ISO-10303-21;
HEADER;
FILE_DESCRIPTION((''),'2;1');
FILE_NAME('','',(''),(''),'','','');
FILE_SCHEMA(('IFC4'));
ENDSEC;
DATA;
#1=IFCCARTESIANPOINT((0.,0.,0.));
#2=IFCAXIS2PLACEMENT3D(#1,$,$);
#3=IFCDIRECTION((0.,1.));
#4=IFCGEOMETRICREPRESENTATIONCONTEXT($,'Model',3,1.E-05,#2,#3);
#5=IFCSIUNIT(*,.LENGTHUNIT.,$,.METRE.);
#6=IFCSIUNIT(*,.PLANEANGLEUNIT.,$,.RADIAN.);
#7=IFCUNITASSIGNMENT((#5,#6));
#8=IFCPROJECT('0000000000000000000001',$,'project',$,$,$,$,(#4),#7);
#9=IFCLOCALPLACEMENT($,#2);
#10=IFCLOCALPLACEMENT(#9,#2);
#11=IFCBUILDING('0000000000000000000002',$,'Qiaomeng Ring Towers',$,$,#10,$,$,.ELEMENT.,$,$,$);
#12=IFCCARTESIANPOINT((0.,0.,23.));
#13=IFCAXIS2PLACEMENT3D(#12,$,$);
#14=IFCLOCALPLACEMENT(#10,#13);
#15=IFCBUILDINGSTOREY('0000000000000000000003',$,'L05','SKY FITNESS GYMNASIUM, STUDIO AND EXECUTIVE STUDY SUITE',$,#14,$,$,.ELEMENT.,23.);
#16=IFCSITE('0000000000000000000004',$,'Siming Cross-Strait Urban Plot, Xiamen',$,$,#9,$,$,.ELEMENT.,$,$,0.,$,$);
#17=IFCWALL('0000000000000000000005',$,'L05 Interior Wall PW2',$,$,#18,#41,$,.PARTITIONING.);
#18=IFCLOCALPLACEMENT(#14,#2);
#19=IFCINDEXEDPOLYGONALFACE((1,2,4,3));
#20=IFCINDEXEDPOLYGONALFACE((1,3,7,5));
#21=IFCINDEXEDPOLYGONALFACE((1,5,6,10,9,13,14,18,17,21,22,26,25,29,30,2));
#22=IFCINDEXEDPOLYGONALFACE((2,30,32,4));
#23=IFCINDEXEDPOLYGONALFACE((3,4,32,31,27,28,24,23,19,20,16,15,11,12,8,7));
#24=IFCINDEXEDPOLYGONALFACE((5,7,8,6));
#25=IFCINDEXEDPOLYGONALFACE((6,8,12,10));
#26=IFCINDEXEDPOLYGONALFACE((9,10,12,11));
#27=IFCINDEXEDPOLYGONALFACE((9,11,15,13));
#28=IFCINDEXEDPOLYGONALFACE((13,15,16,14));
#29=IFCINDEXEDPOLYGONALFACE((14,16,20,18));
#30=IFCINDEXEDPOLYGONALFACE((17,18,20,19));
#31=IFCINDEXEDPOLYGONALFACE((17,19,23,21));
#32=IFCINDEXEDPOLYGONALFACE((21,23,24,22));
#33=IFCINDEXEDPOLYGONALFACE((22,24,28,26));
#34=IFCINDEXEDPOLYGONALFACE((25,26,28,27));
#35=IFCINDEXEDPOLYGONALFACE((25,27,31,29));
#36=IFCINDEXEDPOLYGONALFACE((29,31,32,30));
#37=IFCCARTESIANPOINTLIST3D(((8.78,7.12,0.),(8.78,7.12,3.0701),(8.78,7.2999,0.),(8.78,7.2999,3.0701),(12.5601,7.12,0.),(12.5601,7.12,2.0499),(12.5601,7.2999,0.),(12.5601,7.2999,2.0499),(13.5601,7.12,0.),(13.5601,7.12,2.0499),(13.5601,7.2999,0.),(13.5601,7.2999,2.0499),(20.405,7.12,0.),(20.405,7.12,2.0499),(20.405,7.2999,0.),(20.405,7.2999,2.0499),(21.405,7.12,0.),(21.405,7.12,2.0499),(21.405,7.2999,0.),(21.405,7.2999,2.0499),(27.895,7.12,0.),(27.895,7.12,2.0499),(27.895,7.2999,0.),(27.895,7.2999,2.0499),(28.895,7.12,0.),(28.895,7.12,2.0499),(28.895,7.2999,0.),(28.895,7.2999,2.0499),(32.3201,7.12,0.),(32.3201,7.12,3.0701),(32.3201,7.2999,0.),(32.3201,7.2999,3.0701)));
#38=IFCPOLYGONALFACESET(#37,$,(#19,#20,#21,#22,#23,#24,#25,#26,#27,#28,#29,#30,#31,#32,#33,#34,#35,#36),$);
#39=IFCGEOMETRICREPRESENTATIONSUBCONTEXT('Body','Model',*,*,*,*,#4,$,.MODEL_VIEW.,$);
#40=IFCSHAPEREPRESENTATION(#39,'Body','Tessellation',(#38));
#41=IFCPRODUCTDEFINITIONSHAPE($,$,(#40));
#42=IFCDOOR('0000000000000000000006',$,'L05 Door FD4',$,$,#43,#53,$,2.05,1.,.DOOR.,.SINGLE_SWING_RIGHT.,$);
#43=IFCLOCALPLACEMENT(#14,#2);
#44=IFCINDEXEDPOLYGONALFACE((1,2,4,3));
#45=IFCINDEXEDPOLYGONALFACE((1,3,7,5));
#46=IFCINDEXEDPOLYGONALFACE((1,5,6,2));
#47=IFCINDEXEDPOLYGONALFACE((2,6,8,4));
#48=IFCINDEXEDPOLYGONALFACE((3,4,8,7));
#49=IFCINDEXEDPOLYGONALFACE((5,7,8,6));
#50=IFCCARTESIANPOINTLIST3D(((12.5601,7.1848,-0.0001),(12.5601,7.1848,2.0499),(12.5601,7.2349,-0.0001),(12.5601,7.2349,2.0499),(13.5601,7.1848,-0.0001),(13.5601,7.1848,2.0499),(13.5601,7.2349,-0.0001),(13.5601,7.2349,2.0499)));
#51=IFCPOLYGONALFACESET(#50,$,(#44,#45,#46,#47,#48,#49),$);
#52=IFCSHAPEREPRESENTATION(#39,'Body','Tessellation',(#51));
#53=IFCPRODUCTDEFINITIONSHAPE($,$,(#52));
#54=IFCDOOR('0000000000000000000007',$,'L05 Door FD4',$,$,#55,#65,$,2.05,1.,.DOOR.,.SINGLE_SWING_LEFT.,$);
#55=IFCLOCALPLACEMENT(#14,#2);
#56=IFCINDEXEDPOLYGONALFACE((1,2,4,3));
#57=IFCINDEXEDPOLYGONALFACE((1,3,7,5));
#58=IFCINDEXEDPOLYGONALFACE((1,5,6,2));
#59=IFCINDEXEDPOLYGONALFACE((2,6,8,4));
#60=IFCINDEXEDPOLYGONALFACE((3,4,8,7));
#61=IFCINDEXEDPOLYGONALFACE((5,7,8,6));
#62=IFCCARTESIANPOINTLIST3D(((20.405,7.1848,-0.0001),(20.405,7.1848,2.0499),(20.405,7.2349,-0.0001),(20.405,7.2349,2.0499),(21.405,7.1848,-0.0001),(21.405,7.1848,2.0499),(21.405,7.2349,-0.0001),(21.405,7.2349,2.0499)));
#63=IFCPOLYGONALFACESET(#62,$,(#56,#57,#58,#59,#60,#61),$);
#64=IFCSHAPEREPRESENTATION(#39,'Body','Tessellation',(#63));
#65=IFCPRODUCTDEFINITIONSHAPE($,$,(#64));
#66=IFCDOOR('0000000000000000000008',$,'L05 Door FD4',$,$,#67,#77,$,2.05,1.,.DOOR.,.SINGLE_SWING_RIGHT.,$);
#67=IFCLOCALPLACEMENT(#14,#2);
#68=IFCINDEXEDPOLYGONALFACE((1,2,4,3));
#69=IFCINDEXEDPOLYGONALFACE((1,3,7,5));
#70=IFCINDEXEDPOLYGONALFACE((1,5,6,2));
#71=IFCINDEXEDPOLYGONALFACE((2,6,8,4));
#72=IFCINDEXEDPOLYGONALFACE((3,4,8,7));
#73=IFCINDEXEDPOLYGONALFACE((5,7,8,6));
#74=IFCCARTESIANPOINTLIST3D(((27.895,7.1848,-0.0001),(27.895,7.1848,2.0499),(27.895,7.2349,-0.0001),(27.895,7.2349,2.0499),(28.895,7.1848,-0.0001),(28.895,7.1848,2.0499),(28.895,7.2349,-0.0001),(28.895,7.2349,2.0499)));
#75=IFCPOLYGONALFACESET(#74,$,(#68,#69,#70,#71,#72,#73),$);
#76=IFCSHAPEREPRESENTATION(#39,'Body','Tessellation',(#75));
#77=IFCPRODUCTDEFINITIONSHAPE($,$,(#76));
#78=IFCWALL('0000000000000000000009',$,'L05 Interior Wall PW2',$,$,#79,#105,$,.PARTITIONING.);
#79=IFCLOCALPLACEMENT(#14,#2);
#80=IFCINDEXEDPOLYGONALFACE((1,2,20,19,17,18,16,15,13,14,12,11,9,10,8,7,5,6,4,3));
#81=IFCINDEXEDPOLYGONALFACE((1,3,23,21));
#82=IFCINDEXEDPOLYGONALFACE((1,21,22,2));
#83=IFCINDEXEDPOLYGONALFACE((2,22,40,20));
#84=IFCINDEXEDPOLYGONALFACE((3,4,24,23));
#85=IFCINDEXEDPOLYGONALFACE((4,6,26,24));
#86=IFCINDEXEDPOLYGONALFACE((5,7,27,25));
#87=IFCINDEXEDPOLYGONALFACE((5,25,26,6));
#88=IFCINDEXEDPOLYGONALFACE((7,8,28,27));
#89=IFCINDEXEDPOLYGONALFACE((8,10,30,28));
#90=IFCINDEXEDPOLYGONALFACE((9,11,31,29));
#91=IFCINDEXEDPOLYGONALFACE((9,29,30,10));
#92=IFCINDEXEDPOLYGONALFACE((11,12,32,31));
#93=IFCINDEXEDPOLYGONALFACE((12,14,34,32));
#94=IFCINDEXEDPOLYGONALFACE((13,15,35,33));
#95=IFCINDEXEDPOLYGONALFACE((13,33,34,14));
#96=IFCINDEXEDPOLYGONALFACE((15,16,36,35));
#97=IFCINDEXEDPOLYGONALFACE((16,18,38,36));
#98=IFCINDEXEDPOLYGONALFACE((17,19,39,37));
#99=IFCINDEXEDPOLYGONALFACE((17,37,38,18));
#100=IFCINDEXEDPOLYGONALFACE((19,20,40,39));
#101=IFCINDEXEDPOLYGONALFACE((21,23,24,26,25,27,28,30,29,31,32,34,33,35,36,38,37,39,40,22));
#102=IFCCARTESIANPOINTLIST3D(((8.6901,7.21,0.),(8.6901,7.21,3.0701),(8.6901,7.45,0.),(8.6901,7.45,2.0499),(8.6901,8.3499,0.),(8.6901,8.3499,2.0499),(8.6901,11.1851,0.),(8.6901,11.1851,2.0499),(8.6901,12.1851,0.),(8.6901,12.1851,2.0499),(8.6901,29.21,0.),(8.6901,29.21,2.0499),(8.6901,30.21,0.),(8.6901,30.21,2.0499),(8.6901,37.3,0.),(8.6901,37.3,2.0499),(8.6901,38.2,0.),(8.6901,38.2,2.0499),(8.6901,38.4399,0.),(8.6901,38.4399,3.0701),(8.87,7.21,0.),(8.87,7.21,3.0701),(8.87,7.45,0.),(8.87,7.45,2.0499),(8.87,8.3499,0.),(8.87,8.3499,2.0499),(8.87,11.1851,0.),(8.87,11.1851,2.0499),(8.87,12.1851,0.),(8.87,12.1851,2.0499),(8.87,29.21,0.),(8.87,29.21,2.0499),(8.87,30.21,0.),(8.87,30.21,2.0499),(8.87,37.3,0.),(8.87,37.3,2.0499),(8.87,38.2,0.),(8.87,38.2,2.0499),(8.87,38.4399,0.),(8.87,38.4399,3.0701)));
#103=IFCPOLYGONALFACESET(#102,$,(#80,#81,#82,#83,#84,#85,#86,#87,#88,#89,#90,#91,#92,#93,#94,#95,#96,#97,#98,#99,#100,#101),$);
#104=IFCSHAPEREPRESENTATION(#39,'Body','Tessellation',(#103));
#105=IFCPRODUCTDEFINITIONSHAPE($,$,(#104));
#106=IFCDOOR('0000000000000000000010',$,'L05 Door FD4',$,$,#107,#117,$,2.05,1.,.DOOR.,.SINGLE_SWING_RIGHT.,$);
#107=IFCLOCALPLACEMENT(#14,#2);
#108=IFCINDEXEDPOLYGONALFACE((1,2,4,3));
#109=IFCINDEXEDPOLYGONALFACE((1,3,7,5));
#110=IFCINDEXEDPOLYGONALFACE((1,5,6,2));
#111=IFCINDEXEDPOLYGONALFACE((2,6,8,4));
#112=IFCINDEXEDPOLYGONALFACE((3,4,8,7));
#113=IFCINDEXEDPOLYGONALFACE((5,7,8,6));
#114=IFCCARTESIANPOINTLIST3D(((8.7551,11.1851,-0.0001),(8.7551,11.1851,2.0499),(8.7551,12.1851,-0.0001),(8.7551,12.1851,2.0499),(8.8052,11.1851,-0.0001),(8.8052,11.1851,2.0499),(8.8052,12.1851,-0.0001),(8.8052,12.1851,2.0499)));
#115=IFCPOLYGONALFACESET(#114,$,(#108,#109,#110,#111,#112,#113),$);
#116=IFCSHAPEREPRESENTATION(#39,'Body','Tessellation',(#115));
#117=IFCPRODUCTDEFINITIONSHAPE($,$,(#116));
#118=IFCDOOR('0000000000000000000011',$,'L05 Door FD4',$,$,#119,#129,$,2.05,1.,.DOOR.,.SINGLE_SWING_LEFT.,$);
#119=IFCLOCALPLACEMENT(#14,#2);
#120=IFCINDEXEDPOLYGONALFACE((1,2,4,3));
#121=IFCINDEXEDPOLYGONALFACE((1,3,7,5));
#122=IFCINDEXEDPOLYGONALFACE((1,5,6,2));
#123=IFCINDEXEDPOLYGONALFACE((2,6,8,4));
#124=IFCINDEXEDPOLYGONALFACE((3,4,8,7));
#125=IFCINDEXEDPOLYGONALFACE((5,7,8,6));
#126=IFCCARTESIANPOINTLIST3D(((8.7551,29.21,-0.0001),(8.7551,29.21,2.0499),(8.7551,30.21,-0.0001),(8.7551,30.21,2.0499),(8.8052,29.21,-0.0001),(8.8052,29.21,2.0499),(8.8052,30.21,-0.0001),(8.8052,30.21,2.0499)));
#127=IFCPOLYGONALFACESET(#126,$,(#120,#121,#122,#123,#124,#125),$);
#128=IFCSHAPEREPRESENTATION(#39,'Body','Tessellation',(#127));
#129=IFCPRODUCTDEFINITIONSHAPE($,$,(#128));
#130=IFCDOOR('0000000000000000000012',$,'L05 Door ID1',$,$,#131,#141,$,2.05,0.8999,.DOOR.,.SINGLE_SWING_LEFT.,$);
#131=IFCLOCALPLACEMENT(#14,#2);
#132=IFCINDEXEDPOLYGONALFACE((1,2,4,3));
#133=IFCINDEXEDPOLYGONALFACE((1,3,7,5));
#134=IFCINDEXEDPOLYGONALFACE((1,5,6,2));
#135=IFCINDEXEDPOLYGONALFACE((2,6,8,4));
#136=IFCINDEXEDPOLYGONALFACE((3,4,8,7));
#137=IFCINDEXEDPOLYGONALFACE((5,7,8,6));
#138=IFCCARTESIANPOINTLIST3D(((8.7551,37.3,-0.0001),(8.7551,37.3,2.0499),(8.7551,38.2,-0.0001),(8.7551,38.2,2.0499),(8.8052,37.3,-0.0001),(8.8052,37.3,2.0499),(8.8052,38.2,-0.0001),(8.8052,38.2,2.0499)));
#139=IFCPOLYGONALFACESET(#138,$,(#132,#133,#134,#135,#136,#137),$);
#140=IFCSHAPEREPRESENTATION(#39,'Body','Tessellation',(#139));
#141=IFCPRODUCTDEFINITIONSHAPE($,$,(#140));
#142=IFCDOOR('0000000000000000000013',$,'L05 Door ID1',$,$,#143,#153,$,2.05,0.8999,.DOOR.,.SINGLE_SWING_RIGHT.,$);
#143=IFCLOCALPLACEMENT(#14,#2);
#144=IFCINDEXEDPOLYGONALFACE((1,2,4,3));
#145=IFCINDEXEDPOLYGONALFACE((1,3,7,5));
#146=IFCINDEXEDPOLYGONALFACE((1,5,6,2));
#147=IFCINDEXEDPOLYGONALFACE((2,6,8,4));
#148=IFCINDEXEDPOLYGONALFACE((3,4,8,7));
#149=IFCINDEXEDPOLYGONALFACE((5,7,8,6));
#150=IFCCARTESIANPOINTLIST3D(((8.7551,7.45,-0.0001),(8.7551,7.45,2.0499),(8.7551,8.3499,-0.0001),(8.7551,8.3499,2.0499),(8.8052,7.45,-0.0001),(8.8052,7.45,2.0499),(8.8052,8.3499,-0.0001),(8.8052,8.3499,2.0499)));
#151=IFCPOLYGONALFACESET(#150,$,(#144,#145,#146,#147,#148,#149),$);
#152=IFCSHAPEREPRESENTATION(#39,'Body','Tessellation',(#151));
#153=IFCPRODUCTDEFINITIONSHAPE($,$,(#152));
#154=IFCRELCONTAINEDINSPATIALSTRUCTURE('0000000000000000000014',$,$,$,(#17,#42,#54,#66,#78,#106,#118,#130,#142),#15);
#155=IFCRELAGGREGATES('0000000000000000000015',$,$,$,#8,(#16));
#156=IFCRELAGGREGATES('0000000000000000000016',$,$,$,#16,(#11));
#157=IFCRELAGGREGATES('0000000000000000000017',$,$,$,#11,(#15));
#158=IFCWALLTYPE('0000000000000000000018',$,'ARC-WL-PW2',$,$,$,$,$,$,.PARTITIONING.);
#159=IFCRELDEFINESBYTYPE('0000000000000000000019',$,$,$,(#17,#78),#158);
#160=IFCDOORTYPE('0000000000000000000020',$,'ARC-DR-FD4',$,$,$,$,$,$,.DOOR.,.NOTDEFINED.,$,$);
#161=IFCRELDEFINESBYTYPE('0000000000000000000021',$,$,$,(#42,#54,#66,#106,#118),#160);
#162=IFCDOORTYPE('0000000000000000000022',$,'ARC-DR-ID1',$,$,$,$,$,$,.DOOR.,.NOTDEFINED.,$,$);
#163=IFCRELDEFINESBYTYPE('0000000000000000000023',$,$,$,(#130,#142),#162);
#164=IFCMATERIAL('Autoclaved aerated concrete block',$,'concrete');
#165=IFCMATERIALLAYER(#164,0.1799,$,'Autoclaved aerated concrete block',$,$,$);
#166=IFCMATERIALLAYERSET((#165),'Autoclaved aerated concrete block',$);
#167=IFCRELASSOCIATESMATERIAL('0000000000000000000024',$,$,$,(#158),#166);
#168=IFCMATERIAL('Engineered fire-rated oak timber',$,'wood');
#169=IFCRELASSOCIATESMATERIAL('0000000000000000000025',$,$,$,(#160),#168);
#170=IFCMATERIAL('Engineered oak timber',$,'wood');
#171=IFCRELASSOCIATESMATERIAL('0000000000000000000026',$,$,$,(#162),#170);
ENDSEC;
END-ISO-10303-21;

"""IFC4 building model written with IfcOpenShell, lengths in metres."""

from ifc_helpers import new_model, si_unit, direction, frame, frame_2d, origin, place, context, subcontext, project, spatial, rectangle, extrude, source, transform, mapped, material, layer, layer_set, type_object, element, fill, save


model = new_model("IFC4")

# Units and contexts
model_context = context("Model", 3, precision=1e-05, world=origin(), true_north=direction((0.0, 1.0)))
body_context = subcontext(model_context, "Body", "Model", "MODEL_VIEW")
ifc_project = project(units=[si_unit("LENGTHUNIT", "METRE"), si_unit("PLANEANGLEUNIT", "RADIAN")], contexts=[model_context])

# Site, building, storey
site_placement = place(None, origin())
site = spatial("IfcSite", under=ifc_project, at=site_placement, Name="Siming Cross-Strait Urban Plot, Xiamen", CompositionType="ELEMENT", RefElevation=0.0)
building_placement = place(site_placement, origin())
building = spatial("IfcBuilding", under=site, at=building_placement, Name="Qiaomeng Ring Towers", CompositionType="ELEMENT")
storey_placement = place(building_placement, frame((0.0, 0.0, 23.0)))
storey = spatial("IfcBuildingStorey", under=building, at=storey_placement, Name="L05", Description="SKY FITNESS GYMNASIUM, STUDIO AND EXECUTIVE STUDY SUITE", CompositionType="ELEMENT", Elevation=23.0)

# Walls, openings, doors
ifc_material_1 = material(Name="Autoclaved aerated concrete block", Category="concrete")
ifc_layer_1 = layer(ifc_material_1, 0.1799, Name="Autoclaved aerated concrete block")
ifc_layer_set_1 = layer_set([ifc_layer_1], Name="Autoclaved aerated concrete block")
wall_type_1 = type_object("IfcWallType", Name="ARC-WL-PW2", PredefinedType="PARTITIONING", material=ifc_layer_set_1)
wall_1_placement = place(storey_placement, frame((8.78, 7.21, 0.0), z_axis=(0.0, 0.0, 1.0), x_axis=(1.0, 0.0, 0.0)))
wall_1 = element("IfcWall", 1, at=wall_1_placement, inside=storey, type_object=wall_type_1, Name="L05 Interior Wall PW2", PredefinedType="PARTITIONING", context=body_context, shape_type="SweptSolid", body=[
    extrude(rectangle(XDim=23.54, YDim=0.1799, at=frame_2d((11.77, 0.0))), origin(), (0.0, 0.0, 1.0), 3.0701),
])
opening_1_placement = place(wall_1_placement, frame((3.78, 0.0, 0.0)))
opening_1 = element("IfcOpeningElement", 2, at=opening_1_placement, cuts=wall_1, PredefinedType="OPENING", context=body_context, shape_type="SweptSolid", body=[
    extrude(rectangle(XDim=1.0, YDim=2.05, at=frame_2d((0.5, 1.0249))), frame((0.0, 0.0999, 0.0), z_axis=(0.0, -1.0, 0.0), x_axis=(1.0, 0.0, 0.0)), (0.0, 0.0, 1.0), 0.2),
])
opening_2_placement = place(wall_1_placement, frame((11.625, 0.0, 0.0)))
opening_2 = element("IfcOpeningElement", 3, at=opening_2_placement, cuts=wall_1, PredefinedType="OPENING", context=body_context, shape_type="SweptSolid", body=[
    extrude(rectangle(XDim=1.0, YDim=2.05, at=frame_2d((0.5, 1.0249))), frame((0.0, 0.0999, 0.0), z_axis=(0.0, -1.0, 0.0), x_axis=(1.0, 0.0, 0.0)), (0.0, 0.0, 1.0), 0.2),
])
opening_3_placement = place(wall_1_placement, frame((19.115, 0.0, 0.0)))
opening_3 = element("IfcOpeningElement", 4, at=opening_3_placement, cuts=wall_1, PredefinedType="OPENING", context=body_context, shape_type="SweptSolid", body=[
    extrude(rectangle(XDim=1.0, YDim=2.05, at=frame_2d((0.5, 1.0249))), frame((0.0, 0.0999, 0.0), z_axis=(0.0, -1.0, 0.0), x_axis=(1.0, 0.0, 0.0)), (0.0, 0.0, 1.0), 0.2),
])
ifc_material_2 = material(Name="Engineered fire-rated oak timber", Category="wood")
door_type_1 = type_object("IfcDoorType", Name="ARC-DR-FD4", OperationType="NOTDEFINED", PredefinedType="DOOR", material=ifc_material_2)
shared_shape_1 = source(origin(), body_context, "Body", "SweptSolid", [
    extrude(rectangle(XDim=1.0, YDim=2.05, at=frame_2d((0.5, 1.0249))), frame((0.0, 0.0249, 0.0), z_axis=(0.0, -1.0, 0.0), x_axis=(1.0, 0.0, 0.0)), (0.0, 0.0, 1.0), 0.05),
])
door_1_placement = place(opening_1_placement, origin())
door_1 = element("IfcDoor", 5, at=door_1_placement, inside=storey, type_object=door_type_1, Name="L05 Door FD4", OperationType="SINGLE_SWING_RIGHT", OverallHeight=2.05, OverallWidth=1.0, PredefinedType="DOOR", context=body_context, shape_type="MappedRepresentation", body=[
    mapped(shared_shape_1, transform((0.0, 0.0, 0.0), x_axis=(1.0, 0.0, 0.0), y_axis=(0.0, 1.0, 0.0), z_axis=(0.0, 0.0, 1.0), scale=1.0)),
])
fill(opening_1, door_1)
door_2_placement = place(opening_2_placement, origin())
door_2 = element("IfcDoor", 6, at=door_2_placement, inside=storey, type_object=door_type_1, Name="L05 Door FD4", OperationType="SINGLE_SWING_LEFT", OverallHeight=2.05, OverallWidth=1.0, PredefinedType="DOOR", context=body_context, shape_type="MappedRepresentation", body=[
    mapped(shared_shape_1, transform((0.0, 0.0, 0.0), x_axis=(1.0, 0.0, 0.0), y_axis=(0.0, 1.0, 0.0), z_axis=(0.0, 0.0, 1.0), scale=1.0)),
])
fill(opening_2, door_2)
door_3_placement = place(opening_3_placement, origin())
door_3 = element("IfcDoor", 7, at=door_3_placement, inside=storey, type_object=door_type_1, Name="L05 Door FD4", OperationType="SINGLE_SWING_RIGHT", OverallHeight=2.05, OverallWidth=1.0, PredefinedType="DOOR", context=body_context, shape_type="MappedRepresentation", body=[
    mapped(shared_shape_1, transform((0.0, 0.0, 0.0), x_axis=(1.0, 0.0, 0.0), y_axis=(0.0, 1.0, 0.0), z_axis=(0.0, 0.0, 1.0), scale=1.0)),
])
fill(opening_3, door_3)
wall_2_placement = place(storey_placement, frame((8.78, 7.21, 0.0), z_axis=(0.0, 0.0, 1.0), x_axis=(0.0, 1.0, 0.0)))
wall_2 = element("IfcWall", 8, at=wall_2_placement, inside=storey, type_object=wall_type_1, Name="L05 Interior Wall PW2", PredefinedType="PARTITIONING", context=body_context, shape_type="SweptSolid", body=[
    extrude(rectangle(XDim=31.23, YDim=0.1799, at=frame_2d((15.615, 0.0))), origin(), (0.0, 0.0, 1.0), 3.0701),
])
opening_4_placement = place(wall_2_placement, frame((30.0901, 0.0, 0.0)))
opening_4 = element("IfcOpeningElement", 9, at=opening_4_placement, cuts=wall_2, PredefinedType="OPENING", context=body_context, shape_type="SweptSolid", body=[
    extrude(rectangle(XDim=0.8999, YDim=2.05, at=frame_2d((0.45, 1.0249))), frame((0.0, 0.0999, 0.0), z_axis=(0.0, -1.0, 0.0), x_axis=(1.0, 0.0, 0.0)), (0.0, 0.0, 1.0), 0.2),
])
opening_5_placement = place(wall_2_placement, frame((0.24, 0.0, 0.0)))
opening_5 = element("IfcOpeningElement", 10, at=opening_5_placement, cuts=wall_2, PredefinedType="OPENING", context=body_context, shape_type="SweptSolid", body=[
    extrude(rectangle(XDim=0.8999, YDim=2.05, at=frame_2d((0.45, 1.0249))), frame((0.0, 0.0999, 0.0), z_axis=(0.0, -1.0, 0.0), x_axis=(1.0, 0.0, 0.0)), (0.0, 0.0, 1.0), 0.2),
])
opening_6_placement = place(wall_2_placement, frame((3.9751, 0.0, 0.0)))
opening_6 = element("IfcOpeningElement", 11, at=opening_6_placement, cuts=wall_2, PredefinedType="OPENING", context=body_context, shape_type="SweptSolid", body=[
    extrude(rectangle(XDim=1.0, YDim=2.05, at=frame_2d((0.5, 1.0249))), frame((0.0, 0.0999, 0.0), z_axis=(0.0, -1.0, 0.0), x_axis=(1.0, 0.0, 0.0)), (0.0, 0.0, 1.0), 0.2),
])
opening_7_placement = place(wall_2_placement, frame((22.0, 0.0, 0.0)))
opening_7 = element("IfcOpeningElement", 12, at=opening_7_placement, cuts=wall_2, PredefinedType="OPENING", context=body_context, shape_type="SweptSolid", body=[
    extrude(rectangle(XDim=1.0, YDim=2.05, at=frame_2d((0.5, 1.0249))), frame((0.0, 0.0999, 0.0), z_axis=(0.0, -1.0, 0.0), x_axis=(1.0, 0.0, 0.0)), (0.0, 0.0, 1.0), 0.2),
])
door_4_placement = place(opening_6_placement, origin())
door_4 = element("IfcDoor", 13, at=door_4_placement, inside=storey, type_object=door_type_1, Name="L05 Door FD4", OperationType="SINGLE_SWING_RIGHT", OverallHeight=2.05, OverallWidth=1.0, PredefinedType="DOOR", context=body_context, shape_type="MappedRepresentation", body=[
    mapped(shared_shape_1, transform((0.0, 0.0, 0.0), x_axis=(1.0, 0.0, 0.0), y_axis=(0.0, 1.0, 0.0), z_axis=(0.0, 0.0, 1.0), scale=1.0)),
])
fill(opening_6, door_4)
door_5_placement = place(opening_7_placement, origin())
door_5 = element("IfcDoor", 14, at=door_5_placement, inside=storey, type_object=door_type_1, Name="L05 Door FD4", OperationType="SINGLE_SWING_LEFT", OverallHeight=2.05, OverallWidth=1.0, PredefinedType="DOOR", context=body_context, shape_type="MappedRepresentation", body=[
    mapped(shared_shape_1, transform((0.0, 0.0, 0.0), x_axis=(1.0, 0.0, 0.0), y_axis=(0.0, 1.0, 0.0), z_axis=(0.0, 0.0, 1.0), scale=1.0)),
])
fill(opening_7, door_5)
ifc_material_3 = material(Name="Engineered oak timber", Category="wood")
door_type_2 = type_object("IfcDoorType", Name="ARC-DR-ID1", OperationType="NOTDEFINED", PredefinedType="DOOR", material=ifc_material_3)
shared_shape_2 = source(origin(), body_context, "Body", "SweptSolid", [
    extrude(rectangle(XDim=0.8999, YDim=2.05, at=frame_2d((0.45, 1.0249))), frame((0.0, 0.0249, 0.0), z_axis=(0.0, -1.0, 0.0), x_axis=(1.0, 0.0, 0.0)), (0.0, 0.0, 1.0), 0.05),
])
door_6_placement = place(opening_4_placement, origin())
door_6 = element("IfcDoor", 15, at=door_6_placement, inside=storey, type_object=door_type_2, Name="L05 Door ID1", OperationType="SINGLE_SWING_LEFT", OverallHeight=2.05, OverallWidth=0.8999, PredefinedType="DOOR", context=body_context, shape_type="MappedRepresentation", body=[
    mapped(shared_shape_2, transform((0.0, 0.0, 0.0), x_axis=(1.0, 0.0, 0.0), y_axis=(0.0, 1.0, 0.0), z_axis=(0.0, 0.0, 1.0), scale=1.0)),
])
fill(opening_4, door_6)
door_7_placement = place(opening_5_placement, origin())
door_7 = element("IfcDoor", 16, at=door_7_placement, inside=storey, type_object=door_type_2, Name="L05 Door ID1", OperationType="SINGLE_SWING_RIGHT", OverallHeight=2.05, OverallWidth=0.8999, PredefinedType="DOOR", context=body_context, shape_type="MappedRepresentation", body=[
    mapped(shared_shape_2, transform((0.0, 0.0, 0.0), x_axis=(1.0, 0.0, 0.0), y_axis=(0.0, 1.0, 0.0), z_axis=(0.0, 0.0, 1.0), scale=1.0)),
])
fill(opening_5, door_7)

save(model, "model.ifc")
